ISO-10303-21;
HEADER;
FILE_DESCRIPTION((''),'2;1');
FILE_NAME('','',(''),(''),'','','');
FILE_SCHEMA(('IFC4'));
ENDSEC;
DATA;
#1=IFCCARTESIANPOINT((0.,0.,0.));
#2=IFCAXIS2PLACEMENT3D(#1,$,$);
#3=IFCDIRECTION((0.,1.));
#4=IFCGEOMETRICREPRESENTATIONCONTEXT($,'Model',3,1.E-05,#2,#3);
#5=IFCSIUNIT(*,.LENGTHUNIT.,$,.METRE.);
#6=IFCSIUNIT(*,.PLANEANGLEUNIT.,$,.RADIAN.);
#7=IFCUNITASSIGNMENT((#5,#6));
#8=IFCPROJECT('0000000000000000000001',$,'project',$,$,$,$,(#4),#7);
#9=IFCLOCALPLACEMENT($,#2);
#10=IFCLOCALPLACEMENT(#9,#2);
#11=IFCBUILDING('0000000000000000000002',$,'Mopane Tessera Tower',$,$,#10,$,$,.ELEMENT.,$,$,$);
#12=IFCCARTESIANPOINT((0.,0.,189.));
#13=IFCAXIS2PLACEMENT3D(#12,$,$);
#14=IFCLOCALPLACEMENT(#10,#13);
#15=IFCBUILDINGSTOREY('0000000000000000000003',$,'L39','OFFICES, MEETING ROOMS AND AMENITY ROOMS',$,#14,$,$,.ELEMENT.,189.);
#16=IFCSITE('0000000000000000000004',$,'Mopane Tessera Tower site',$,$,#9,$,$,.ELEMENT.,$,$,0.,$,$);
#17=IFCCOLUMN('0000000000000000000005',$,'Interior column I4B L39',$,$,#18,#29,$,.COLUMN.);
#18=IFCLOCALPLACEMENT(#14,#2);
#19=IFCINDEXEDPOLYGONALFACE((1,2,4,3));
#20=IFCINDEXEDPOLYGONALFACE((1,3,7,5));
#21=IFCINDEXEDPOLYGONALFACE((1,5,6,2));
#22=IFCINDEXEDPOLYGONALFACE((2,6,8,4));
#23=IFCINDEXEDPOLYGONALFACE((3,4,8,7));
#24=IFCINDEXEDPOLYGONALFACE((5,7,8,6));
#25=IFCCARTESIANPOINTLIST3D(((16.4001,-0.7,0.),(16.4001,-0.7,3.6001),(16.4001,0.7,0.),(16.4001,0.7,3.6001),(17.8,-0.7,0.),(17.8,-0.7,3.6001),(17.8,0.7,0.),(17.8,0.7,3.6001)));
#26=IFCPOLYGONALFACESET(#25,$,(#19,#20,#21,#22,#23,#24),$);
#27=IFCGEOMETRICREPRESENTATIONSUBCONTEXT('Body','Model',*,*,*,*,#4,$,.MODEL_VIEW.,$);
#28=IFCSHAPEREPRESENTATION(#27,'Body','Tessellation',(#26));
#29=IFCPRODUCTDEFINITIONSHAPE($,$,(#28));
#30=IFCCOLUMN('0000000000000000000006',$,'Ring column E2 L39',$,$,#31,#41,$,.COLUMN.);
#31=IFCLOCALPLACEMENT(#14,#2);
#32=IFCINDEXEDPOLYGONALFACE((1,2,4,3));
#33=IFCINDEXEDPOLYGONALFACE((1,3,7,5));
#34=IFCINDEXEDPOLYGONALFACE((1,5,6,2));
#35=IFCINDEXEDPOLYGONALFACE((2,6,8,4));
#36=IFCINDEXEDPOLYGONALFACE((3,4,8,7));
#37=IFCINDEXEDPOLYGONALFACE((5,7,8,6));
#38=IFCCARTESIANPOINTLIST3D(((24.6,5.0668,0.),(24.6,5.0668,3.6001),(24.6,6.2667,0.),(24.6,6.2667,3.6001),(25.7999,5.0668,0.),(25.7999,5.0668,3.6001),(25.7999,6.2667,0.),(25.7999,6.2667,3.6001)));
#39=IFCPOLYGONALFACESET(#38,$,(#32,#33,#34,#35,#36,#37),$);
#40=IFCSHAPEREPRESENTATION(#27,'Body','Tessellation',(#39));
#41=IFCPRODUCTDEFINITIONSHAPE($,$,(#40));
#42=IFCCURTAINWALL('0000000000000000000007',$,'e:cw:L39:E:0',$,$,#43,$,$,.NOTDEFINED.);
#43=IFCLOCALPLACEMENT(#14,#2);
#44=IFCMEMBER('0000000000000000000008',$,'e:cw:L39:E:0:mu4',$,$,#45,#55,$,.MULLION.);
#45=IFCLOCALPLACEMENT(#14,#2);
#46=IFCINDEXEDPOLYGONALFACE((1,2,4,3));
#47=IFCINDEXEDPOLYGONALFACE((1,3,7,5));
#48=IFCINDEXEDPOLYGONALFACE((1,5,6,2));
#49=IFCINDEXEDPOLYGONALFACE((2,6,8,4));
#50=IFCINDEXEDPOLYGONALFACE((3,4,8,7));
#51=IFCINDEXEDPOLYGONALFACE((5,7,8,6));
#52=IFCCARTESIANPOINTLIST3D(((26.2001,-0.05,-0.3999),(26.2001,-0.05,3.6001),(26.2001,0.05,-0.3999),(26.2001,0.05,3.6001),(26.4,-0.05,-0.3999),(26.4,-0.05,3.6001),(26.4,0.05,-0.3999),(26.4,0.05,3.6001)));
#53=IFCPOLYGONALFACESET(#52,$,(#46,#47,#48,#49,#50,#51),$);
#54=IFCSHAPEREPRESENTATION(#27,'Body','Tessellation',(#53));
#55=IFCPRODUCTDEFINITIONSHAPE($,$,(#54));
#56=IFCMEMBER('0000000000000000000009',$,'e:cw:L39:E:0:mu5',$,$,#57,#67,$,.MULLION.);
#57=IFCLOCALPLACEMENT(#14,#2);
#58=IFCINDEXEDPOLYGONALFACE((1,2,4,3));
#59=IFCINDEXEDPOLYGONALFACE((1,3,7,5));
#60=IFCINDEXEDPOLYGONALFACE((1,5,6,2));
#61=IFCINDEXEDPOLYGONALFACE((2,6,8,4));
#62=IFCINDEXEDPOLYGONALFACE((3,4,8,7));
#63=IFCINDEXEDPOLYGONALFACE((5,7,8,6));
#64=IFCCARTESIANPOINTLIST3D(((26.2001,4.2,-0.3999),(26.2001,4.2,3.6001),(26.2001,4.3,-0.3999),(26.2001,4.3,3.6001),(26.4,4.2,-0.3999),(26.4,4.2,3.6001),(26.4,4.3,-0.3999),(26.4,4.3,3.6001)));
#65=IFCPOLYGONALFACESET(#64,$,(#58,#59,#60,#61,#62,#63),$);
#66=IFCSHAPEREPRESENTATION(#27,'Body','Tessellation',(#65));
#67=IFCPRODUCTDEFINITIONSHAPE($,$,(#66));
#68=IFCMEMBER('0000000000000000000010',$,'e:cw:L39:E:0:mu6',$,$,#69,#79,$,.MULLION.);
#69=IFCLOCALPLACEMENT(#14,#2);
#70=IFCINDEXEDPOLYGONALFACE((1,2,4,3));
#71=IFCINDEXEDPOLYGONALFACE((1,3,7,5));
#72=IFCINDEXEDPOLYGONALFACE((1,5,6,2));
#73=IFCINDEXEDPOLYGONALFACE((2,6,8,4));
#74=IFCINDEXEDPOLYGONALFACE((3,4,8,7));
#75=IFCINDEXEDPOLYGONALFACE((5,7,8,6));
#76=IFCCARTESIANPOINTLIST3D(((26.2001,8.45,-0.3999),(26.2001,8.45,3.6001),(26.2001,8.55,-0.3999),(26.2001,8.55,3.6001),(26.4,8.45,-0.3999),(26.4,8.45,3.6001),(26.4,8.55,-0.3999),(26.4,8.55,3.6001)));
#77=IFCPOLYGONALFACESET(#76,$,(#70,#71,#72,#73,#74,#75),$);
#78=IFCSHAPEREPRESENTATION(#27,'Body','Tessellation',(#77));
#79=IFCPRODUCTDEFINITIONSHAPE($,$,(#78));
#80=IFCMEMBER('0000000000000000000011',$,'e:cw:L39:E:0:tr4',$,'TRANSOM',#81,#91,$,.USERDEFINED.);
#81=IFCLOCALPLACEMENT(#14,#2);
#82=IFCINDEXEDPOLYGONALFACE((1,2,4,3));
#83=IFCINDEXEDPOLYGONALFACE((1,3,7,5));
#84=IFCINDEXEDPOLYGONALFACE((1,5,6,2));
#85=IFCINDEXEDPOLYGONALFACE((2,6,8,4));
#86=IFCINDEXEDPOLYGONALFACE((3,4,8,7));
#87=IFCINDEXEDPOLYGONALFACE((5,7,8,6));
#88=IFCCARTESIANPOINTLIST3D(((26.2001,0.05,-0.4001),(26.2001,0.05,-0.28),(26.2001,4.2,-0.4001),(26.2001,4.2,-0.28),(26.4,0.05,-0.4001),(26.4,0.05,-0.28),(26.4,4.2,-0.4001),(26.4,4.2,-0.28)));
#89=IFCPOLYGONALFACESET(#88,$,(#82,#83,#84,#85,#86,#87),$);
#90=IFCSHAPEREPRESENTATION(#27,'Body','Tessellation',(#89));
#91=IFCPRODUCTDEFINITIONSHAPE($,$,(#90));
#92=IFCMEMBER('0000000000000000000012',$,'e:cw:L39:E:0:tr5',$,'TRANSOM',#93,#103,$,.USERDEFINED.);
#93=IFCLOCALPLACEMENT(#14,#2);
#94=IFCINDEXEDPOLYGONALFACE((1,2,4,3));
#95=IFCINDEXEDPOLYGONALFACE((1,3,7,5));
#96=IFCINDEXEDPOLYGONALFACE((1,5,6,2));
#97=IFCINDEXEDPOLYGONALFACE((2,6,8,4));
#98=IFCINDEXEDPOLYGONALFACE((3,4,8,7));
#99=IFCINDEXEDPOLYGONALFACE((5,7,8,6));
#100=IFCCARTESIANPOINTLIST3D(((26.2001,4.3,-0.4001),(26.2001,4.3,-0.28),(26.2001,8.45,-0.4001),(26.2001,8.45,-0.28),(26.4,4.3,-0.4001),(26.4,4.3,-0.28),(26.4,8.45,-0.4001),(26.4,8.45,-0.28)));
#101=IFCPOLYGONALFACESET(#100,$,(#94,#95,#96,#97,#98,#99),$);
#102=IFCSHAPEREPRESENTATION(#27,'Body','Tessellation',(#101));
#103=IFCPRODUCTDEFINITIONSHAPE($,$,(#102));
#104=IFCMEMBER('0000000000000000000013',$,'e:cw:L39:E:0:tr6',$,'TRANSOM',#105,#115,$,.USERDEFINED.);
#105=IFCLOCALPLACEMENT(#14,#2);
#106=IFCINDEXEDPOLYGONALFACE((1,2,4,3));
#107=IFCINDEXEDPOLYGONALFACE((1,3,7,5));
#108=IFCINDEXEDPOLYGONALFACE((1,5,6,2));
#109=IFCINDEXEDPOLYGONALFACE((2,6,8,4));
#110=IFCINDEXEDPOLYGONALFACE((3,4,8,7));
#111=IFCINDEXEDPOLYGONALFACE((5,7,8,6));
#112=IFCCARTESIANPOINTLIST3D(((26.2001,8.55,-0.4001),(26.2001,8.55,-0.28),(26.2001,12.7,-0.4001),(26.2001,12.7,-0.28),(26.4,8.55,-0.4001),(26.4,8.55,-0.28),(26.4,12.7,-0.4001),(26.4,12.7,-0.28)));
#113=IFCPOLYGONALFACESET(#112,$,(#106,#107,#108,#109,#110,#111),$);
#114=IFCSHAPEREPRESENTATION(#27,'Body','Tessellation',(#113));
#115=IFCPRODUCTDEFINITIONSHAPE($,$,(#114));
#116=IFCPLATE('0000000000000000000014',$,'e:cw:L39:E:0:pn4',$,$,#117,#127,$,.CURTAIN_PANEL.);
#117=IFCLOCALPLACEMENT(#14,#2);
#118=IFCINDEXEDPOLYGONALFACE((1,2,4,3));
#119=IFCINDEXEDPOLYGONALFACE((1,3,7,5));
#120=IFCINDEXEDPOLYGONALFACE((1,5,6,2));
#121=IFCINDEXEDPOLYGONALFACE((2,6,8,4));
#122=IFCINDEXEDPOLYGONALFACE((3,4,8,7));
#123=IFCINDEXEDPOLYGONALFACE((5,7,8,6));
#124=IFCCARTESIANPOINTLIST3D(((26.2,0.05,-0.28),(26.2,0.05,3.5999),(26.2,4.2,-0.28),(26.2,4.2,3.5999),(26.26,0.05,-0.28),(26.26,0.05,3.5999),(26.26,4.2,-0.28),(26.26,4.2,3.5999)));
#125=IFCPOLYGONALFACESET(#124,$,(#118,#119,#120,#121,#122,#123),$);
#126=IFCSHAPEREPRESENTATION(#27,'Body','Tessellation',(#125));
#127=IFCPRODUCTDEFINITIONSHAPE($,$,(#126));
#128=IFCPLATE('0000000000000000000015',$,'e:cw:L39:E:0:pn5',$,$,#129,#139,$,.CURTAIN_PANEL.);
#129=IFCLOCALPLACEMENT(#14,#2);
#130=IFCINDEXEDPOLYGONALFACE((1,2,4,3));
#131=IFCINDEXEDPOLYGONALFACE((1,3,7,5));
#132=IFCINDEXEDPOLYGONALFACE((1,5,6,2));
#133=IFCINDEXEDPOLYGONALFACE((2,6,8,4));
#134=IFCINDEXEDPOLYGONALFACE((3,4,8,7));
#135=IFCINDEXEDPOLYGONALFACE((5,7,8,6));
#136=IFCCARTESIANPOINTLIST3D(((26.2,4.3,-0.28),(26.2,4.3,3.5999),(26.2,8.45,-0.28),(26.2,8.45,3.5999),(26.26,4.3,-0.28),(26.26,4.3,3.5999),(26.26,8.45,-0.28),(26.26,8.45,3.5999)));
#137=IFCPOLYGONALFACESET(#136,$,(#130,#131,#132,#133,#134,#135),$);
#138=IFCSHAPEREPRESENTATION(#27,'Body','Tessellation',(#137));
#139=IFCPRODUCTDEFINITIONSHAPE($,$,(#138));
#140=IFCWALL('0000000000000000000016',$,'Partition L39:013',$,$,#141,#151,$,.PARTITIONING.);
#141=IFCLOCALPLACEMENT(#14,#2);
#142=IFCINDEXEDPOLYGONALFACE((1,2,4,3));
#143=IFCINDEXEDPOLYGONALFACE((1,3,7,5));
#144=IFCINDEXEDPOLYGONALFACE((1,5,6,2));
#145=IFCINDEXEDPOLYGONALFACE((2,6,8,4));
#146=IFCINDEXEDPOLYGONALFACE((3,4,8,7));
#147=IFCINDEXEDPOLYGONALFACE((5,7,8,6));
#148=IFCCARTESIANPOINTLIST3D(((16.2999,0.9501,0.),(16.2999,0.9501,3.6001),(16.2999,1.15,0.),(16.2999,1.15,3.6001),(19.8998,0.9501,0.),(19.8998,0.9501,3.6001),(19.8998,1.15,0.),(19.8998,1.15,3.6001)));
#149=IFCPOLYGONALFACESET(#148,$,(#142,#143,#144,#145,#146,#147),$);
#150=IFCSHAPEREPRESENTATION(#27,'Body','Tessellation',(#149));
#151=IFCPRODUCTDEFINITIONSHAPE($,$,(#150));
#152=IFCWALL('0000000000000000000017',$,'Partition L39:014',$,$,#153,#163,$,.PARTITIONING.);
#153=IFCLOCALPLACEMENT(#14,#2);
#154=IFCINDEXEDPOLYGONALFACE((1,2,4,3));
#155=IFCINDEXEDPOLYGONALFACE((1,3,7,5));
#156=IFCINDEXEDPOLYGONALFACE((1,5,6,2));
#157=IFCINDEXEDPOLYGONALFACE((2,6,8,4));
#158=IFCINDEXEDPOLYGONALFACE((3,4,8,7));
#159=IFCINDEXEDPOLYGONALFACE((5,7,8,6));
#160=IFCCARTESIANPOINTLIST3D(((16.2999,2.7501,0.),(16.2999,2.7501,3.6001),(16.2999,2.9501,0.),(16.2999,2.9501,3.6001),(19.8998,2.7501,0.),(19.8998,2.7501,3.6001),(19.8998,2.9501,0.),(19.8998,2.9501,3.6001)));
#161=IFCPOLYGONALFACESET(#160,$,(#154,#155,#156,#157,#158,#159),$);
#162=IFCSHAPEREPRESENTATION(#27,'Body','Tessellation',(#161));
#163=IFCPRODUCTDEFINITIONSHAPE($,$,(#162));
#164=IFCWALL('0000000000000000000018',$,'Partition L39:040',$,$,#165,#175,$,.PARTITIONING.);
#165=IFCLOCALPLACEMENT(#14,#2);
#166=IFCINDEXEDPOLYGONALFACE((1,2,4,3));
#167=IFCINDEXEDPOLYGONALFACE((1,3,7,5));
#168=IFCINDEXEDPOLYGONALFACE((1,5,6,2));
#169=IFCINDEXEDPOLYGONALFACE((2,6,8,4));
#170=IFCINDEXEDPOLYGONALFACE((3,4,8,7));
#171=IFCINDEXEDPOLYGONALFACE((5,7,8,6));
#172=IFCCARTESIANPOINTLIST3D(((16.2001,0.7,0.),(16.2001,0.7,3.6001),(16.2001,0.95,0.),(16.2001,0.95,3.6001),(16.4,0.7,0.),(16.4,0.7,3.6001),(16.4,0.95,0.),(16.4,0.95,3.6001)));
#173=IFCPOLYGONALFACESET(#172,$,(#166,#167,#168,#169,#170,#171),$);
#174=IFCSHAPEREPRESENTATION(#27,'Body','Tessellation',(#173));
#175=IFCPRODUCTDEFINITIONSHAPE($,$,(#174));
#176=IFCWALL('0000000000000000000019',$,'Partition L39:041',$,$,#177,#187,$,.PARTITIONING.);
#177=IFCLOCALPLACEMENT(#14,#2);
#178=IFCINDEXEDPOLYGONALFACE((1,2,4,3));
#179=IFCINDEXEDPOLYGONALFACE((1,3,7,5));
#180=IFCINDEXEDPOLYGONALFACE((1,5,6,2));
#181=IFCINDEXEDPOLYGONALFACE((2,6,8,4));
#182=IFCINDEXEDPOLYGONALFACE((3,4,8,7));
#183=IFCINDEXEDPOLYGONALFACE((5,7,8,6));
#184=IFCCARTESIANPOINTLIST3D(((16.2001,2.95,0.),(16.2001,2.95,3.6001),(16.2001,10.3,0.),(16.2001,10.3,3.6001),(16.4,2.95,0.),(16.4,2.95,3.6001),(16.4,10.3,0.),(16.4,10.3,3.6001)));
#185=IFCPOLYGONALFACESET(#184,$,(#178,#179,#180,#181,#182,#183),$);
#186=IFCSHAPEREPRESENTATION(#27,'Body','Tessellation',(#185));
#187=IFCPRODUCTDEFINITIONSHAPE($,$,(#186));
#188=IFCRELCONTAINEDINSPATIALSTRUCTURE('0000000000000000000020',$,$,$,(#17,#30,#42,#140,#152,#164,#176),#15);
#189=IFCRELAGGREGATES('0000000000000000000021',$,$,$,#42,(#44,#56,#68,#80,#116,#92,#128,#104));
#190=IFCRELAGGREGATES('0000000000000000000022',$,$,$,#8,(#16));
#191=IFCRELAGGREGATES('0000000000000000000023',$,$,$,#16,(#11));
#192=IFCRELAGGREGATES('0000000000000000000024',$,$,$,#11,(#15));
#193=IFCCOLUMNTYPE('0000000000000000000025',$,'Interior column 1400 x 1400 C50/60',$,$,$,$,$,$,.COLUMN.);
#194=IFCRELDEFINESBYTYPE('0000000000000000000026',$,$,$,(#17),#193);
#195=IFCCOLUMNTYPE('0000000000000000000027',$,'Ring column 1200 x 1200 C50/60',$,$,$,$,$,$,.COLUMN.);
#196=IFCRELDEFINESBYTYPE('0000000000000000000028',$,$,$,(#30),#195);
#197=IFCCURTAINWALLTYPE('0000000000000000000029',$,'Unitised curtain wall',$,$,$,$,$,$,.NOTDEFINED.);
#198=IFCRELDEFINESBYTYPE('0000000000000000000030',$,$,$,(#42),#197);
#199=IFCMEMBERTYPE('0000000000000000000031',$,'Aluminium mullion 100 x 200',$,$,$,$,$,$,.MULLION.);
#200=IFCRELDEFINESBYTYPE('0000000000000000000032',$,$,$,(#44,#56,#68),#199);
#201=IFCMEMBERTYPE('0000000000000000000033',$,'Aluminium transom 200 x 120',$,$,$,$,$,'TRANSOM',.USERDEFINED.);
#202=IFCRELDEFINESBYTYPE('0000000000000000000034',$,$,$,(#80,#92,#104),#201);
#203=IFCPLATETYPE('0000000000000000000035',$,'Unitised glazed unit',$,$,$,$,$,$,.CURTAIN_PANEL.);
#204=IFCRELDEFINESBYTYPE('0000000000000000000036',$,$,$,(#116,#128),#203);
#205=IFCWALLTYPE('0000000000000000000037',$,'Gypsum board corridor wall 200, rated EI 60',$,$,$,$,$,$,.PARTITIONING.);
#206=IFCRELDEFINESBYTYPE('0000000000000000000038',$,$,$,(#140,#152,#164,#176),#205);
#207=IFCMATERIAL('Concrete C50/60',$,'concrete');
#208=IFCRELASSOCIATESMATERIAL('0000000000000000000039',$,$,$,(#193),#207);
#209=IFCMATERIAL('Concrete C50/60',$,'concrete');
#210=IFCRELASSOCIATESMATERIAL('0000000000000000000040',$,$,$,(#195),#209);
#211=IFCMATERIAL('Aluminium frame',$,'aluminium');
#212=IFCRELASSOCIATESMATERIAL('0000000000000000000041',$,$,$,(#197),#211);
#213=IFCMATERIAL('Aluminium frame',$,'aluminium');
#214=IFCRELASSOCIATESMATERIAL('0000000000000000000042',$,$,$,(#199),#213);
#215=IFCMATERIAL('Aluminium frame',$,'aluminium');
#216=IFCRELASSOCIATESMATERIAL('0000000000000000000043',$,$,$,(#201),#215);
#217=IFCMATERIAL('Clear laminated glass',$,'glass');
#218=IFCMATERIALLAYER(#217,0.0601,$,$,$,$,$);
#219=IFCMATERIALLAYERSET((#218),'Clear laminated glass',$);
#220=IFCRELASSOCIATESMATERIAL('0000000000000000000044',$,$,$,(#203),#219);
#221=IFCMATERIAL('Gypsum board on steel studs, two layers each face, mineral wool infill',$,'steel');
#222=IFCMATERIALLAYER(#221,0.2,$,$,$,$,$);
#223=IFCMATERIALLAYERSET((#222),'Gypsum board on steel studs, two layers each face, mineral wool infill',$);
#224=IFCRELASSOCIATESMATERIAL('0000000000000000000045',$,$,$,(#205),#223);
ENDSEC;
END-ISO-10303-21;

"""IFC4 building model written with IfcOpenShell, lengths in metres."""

from ifc_helpers import new_model, si_unit, direction, frame, frame_2d, origin, origin_2d, place, context, subcontext, project, spatial, rectangle, extrude, material, layer, layer_set, material_profile, profile_set, type_object, element, aggregate, save


model = new_model("IFC4")

# Units and contexts
model_context = context("Model", 3, precision=1e-05, world=origin(), true_north=direction((0.0, 1.0)))
body_context = subcontext(model_context, "Body", "Model", "MODEL_VIEW")
ifc_project = project(units=[si_unit("LENGTHUNIT", "METRE"), si_unit("PLANEANGLEUNIT", "RADIAN")], contexts=[model_context])

# Site, building, storey
site_placement = place(None, origin())
site = spatial("IfcSite", under=ifc_project, at=site_placement, Name="Mopane Tessera Tower site", CompositionType="ELEMENT", RefElevation=0.0)
building_placement = place(site_placement, origin())
building = spatial("IfcBuilding", under=site, at=building_placement, Name="Mopane Tessera Tower", CompositionType="ELEMENT")
storey_placement = place(building_placement, frame((0.0, 0.0, 189.0)))
storey = spatial("IfcBuildingStorey", under=building, at=storey_placement, Name="L39", Description="OFFICES, MEETING ROOMS AND AMENITY ROOMS", CompositionType="ELEMENT", Elevation=189.0)

# Columns
ifc_material_1 = material(Name="Concrete C50/60", Category="concrete")
ifc_material_profile_1 = material_profile(ifc_material_1, rectangle(XDim=1.3999, YDim=1.3999, at=origin_2d()))
ifc_profile_set_1 = profile_set([ifc_material_profile_1], Name="Concrete C50/60")
column_type_1 = type_object("IfcColumnType", Name="Interior column 1400 x 1400 C50/60", PredefinedType="COLUMN", material=ifc_profile_set_1)
column_1_placement = place(storey_placement, frame((17.1001, 0.0, 0.0), z_axis=(0.0, 0.0, 1.0), x_axis=(1.0, 0.0, 0.0)))
element("IfcColumn", 1, at=column_1_placement, inside=storey, type_object=column_type_1, Name="Interior column I4B L39", PredefinedType="COLUMN", context=body_context, shape_type="SweptSolid", body=[
    extrude(rectangle(XDim=1.3999, YDim=1.3999, at=origin_2d()), origin(), (0.0, 0.0, 1.0), 3.6001),
])
ifc_material_2 = material(Name="Concrete C50/60", Category="concrete")
ifc_material_profile_2 = material_profile(ifc_material_2, rectangle(XDim=1.2, YDim=1.2, at=origin_2d()))
ifc_profile_set_2 = profile_set([ifc_material_profile_2], Name="Concrete C50/60")
column_type_2 = type_object("IfcColumnType", Name="Ring column 1200 x 1200 C50/60", PredefinedType="COLUMN", material=ifc_profile_set_2)
column_2_placement = place(storey_placement, frame((25.2, 5.6667, 0.0), z_axis=(0.0, 0.0, 1.0), x_axis=(1.0, 0.0, 0.0)))
element("IfcColumn", 2, at=column_2_placement, inside=storey, type_object=column_type_2, Name="Ring column E2 L39", PredefinedType="COLUMN", context=body_context, shape_type="SweptSolid", body=[
    extrude(rectangle(XDim=1.2, YDim=1.2, at=origin_2d()), origin(), (0.0, 0.0, 1.0), 3.6001),
])

# Curtain wall, members, plates
ifc_material_3 = material(Name="Aluminium frame", Category="aluminium")
curtain_wall_type = type_object("IfcCurtainWallType", Name="Unitised curtain wall", PredefinedType="NOTDEFINED", material=ifc_material_3)
curtain_wall_placement = place(storey_placement, origin())
curtain_wall = element("IfcCurtainWall", 3, at=curtain_wall_placement, inside=storey, type_object=curtain_wall_type, Name="e:cw:L39:E:0", PredefinedType="NOTDEFINED")
ifc_material_4 = material(Name="Aluminium frame", Category="aluminium")
ifc_material_profile_3 = material_profile(ifc_material_4, rectangle(XDim=0.1001, YDim=0.2, at=origin_2d()))
ifc_profile_set_3 = profile_set([ifc_material_profile_3], Name="Aluminium frame")
member_type_1 = type_object("IfcMemberType", Name="Aluminium mullion 100 x 200", PredefinedType="MULLION", material=ifc_profile_set_3)
member_1_placement = place(storey_placement, frame((26.3, 0.0, -0.3999), z_axis=(0.0, 0.0, 1.0), x_axis=(0.0, 1.0, 0.0)))
member_1 = element("IfcMember", 4, at=member_1_placement, type_object=member_type_1, Name="e:cw:L39:E:0:mu4", PredefinedType="MULLION", context=body_context, shape_type="SweptSolid", body=[
    extrude(rectangle(XDim=0.1001, YDim=0.2, at=origin_2d()), origin(), (0.0, 0.0, 1.0), 4.0),
])
member_2_placement = place(storey_placement, frame((26.3, 4.25, -0.3999), z_axis=(0.0, 0.0, 1.0), x_axis=(0.0, 1.0, 0.0)))
member_2 = element("IfcMember", 5, at=member_2_placement, type_object=member_type_1, Name="e:cw:L39:E:0:mu5", PredefinedType="MULLION", context=body_context, shape_type="SweptSolid", body=[
    extrude(rectangle(XDim=0.1001, YDim=0.2, at=origin_2d()), origin(), (0.0, 0.0, 1.0), 4.0),
])
member_3_placement = place(storey_placement, frame((26.3, 8.5, -0.3999), z_axis=(0.0, 0.0, 1.0), x_axis=(0.0, 1.0, 0.0)))
member_3 = element("IfcMember", 6, at=member_3_placement, type_object=member_type_1, Name="e:cw:L39:E:0:mu6", PredefinedType="MULLION", context=body_context, shape_type="SweptSolid", body=[
    extrude(rectangle(XDim=0.1001, YDim=0.2, at=origin_2d()), origin(), (0.0, 0.0, 1.0), 4.0),
])
ifc_material_5 = material(Name="Aluminium frame", Category="aluminium")
ifc_material_profile_4 = material_profile(ifc_material_5, rectangle(XDim=0.2, YDim=0.1201, at=origin_2d()))
ifc_profile_set_4 = profile_set([ifc_material_profile_4], Name="Aluminium frame")
member_type_2 = type_object("IfcMemberType", Name="Aluminium transom 200 x 120", ElementType="TRANSOM", PredefinedType="USERDEFINED", material=ifc_profile_set_4)
member_4_placement = place(storey_placement, frame((26.3, 0.05, -0.3401), z_axis=(0.0, 1.0, 0.0), x_axis=(-1.0, 0.0, 0.0)))
member_4 = element("IfcMember", 7, at=member_4_placement, type_object=member_type_2, Name="e:cw:L39:E:0:tr4", ObjectType="TRANSOM", PredefinedType="USERDEFINED", context=body_context, shape_type="SweptSolid", body=[
    extrude(rectangle(XDim=0.2, YDim=0.1201, at=origin_2d()), origin(), (0.0, 0.0, 1.0), 4.1499),
])
member_5_placement = place(storey_placement, frame((26.3, 4.3, -0.3401), z_axis=(0.0, 1.0, 0.0), x_axis=(-1.0, 0.0, 0.0)))
member_5 = element("IfcMember", 8, at=member_5_placement, type_object=member_type_2, Name="e:cw:L39:E:0:tr5", ObjectType="TRANSOM", PredefinedType="USERDEFINED", context=body_context, shape_type="SweptSolid", body=[
    extrude(rectangle(XDim=0.2, YDim=0.1201, at=origin_2d()), origin(), (0.0, 0.0, 1.0), 4.1499),
])
member_6_placement = place(storey_placement, frame((26.3, 8.55, -0.3401), z_axis=(0.0, 1.0, 0.0), x_axis=(-1.0, 0.0, 0.0)))
member_6 = element("IfcMember", 9, at=member_6_placement, type_object=member_type_2, Name="e:cw:L39:E:0:tr6", ObjectType="TRANSOM", PredefinedType="USERDEFINED", context=body_context, shape_type="SweptSolid", body=[
    extrude(rectangle(XDim=0.2, YDim=0.1201, at=origin_2d()), origin(), (0.0, 0.0, 1.0), 4.1499),
])
ifc_material_6 = material(Name="Clear laminated glass", Category="glass")
ifc_layer_1 = layer(ifc_material_6, 0.0601)
ifc_layer_set_1 = layer_set([ifc_layer_1], Name="Clear laminated glass")
plate_type = type_object("IfcPlateType", Name="Unitised glazed unit", PredefinedType="CURTAIN_PANEL", material=ifc_layer_set_1)
plate_1_placement = place(storey_placement, frame((26.23, 2.125, -0.28), z_axis=(0.0, 0.0, 1.0), x_axis=(0.0, 1.0, 0.0)))
plate_1 = element("IfcPlate", 10, at=plate_1_placement, type_object=plate_type, Name="e:cw:L39:E:0:pn4", PredefinedType="CURTAIN_PANEL", context=body_context, shape_type="SweptSolid", body=[
    extrude(rectangle(XDim=4.1499, YDim=0.0601, at=origin_2d()), origin(), (0.0, 0.0, 1.0), 3.8799),
])
plate_2_placement = place(storey_placement, frame((26.23, 6.375, -0.28), z_axis=(0.0, 0.0, 1.0), x_axis=(0.0, 1.0, 0.0)))
plate_2 = element("IfcPlate", 11, at=plate_2_placement, type_object=plate_type, Name="e:cw:L39:E:0:pn5", PredefinedType="CURTAIN_PANEL", context=body_context, shape_type="SweptSolid", body=[
    extrude(rectangle(XDim=4.1499, YDim=0.0601, at=origin_2d()), origin(), (0.0, 0.0, 1.0), 3.8799),
])
aggregate(curtain_wall, [member_1, member_2, member_3, member_4, plate_1, member_5, plate_2, member_6])

# Walls
ifc_material_7 = material(Name="Gypsum board on steel studs, two layers each face, mineral wool infill", Category="steel")
ifc_layer_2 = layer(ifc_material_7, 0.2)
ifc_layer_set_2 = layer_set([ifc_layer_2], Name="Gypsum board on steel studs, two layers each face, mineral wool infill")
wall_type_1 = type_object("IfcWallType", Name="Gypsum board corridor wall 200, rated EI 60", PredefinedType="PARTITIONING", material=ifc_layer_set_2)
for number, where, z_axis, x_axis, name in (
    (12, (16.3, 1.05, 0.0), (0.0, 0.0, 1.0), (1.0, 0.0, 0.0), "Partition L39:013"),
    (13, (16.3, 2.8501, 0.0), (0.0, 0.0, 1.0), (1.0, 0.0, 0.0), "Partition L39:014"),
):
    element("IfcWall", number, at=place(storey_placement, frame(where, z_axis=z_axis, x_axis=x_axis)), inside=storey, type_object=wall_type_1, Name=name, PredefinedType="PARTITIONING", context=body_context, shape_type="SweptSolid", body=[
        extrude(rectangle(XDim=3.5999, YDim=0.2, at=frame_2d((1.7998, 0.0))), origin(), (0.0, 0.0, 1.0), 3.6001),
    ])
wall_1_placement = place(storey_placement, frame((16.3, 0.7, 0.0), z_axis=(0.0, 0.0, 1.0), x_axis=(0.0, 1.0, 0.0)))
element("IfcWall", 14, at=wall_1_placement, inside=storey, type_object=wall_type_1, Name="Partition L39:040", PredefinedType="PARTITIONING", context=body_context, shape_type="SweptSolid", body=[
    extrude(rectangle(XDim=0.25, YDim=0.2, at=frame_2d((0.125, 0.0))), origin(), (0.0, 0.0, 1.0), 3.6001),
])
wall_2_placement = place(storey_placement, frame((16.3, 2.95, 0.0), z_axis=(0.0, 0.0, 1.0), x_axis=(0.0, 1.0, 0.0)))
element("IfcWall", 15, at=wall_2_placement, inside=storey, type_object=wall_type_1, Name="Partition L39:041", PredefinedType="PARTITIONING", context=body_context, shape_type="SweptSolid", body=[
    extrude(rectangle(XDim=7.3501, YDim=0.2, at=frame_2d((3.675, 0.0))), origin(), (0.0, 0.0, 1.0), 3.6001),
])

save(model, "model.ifc")
